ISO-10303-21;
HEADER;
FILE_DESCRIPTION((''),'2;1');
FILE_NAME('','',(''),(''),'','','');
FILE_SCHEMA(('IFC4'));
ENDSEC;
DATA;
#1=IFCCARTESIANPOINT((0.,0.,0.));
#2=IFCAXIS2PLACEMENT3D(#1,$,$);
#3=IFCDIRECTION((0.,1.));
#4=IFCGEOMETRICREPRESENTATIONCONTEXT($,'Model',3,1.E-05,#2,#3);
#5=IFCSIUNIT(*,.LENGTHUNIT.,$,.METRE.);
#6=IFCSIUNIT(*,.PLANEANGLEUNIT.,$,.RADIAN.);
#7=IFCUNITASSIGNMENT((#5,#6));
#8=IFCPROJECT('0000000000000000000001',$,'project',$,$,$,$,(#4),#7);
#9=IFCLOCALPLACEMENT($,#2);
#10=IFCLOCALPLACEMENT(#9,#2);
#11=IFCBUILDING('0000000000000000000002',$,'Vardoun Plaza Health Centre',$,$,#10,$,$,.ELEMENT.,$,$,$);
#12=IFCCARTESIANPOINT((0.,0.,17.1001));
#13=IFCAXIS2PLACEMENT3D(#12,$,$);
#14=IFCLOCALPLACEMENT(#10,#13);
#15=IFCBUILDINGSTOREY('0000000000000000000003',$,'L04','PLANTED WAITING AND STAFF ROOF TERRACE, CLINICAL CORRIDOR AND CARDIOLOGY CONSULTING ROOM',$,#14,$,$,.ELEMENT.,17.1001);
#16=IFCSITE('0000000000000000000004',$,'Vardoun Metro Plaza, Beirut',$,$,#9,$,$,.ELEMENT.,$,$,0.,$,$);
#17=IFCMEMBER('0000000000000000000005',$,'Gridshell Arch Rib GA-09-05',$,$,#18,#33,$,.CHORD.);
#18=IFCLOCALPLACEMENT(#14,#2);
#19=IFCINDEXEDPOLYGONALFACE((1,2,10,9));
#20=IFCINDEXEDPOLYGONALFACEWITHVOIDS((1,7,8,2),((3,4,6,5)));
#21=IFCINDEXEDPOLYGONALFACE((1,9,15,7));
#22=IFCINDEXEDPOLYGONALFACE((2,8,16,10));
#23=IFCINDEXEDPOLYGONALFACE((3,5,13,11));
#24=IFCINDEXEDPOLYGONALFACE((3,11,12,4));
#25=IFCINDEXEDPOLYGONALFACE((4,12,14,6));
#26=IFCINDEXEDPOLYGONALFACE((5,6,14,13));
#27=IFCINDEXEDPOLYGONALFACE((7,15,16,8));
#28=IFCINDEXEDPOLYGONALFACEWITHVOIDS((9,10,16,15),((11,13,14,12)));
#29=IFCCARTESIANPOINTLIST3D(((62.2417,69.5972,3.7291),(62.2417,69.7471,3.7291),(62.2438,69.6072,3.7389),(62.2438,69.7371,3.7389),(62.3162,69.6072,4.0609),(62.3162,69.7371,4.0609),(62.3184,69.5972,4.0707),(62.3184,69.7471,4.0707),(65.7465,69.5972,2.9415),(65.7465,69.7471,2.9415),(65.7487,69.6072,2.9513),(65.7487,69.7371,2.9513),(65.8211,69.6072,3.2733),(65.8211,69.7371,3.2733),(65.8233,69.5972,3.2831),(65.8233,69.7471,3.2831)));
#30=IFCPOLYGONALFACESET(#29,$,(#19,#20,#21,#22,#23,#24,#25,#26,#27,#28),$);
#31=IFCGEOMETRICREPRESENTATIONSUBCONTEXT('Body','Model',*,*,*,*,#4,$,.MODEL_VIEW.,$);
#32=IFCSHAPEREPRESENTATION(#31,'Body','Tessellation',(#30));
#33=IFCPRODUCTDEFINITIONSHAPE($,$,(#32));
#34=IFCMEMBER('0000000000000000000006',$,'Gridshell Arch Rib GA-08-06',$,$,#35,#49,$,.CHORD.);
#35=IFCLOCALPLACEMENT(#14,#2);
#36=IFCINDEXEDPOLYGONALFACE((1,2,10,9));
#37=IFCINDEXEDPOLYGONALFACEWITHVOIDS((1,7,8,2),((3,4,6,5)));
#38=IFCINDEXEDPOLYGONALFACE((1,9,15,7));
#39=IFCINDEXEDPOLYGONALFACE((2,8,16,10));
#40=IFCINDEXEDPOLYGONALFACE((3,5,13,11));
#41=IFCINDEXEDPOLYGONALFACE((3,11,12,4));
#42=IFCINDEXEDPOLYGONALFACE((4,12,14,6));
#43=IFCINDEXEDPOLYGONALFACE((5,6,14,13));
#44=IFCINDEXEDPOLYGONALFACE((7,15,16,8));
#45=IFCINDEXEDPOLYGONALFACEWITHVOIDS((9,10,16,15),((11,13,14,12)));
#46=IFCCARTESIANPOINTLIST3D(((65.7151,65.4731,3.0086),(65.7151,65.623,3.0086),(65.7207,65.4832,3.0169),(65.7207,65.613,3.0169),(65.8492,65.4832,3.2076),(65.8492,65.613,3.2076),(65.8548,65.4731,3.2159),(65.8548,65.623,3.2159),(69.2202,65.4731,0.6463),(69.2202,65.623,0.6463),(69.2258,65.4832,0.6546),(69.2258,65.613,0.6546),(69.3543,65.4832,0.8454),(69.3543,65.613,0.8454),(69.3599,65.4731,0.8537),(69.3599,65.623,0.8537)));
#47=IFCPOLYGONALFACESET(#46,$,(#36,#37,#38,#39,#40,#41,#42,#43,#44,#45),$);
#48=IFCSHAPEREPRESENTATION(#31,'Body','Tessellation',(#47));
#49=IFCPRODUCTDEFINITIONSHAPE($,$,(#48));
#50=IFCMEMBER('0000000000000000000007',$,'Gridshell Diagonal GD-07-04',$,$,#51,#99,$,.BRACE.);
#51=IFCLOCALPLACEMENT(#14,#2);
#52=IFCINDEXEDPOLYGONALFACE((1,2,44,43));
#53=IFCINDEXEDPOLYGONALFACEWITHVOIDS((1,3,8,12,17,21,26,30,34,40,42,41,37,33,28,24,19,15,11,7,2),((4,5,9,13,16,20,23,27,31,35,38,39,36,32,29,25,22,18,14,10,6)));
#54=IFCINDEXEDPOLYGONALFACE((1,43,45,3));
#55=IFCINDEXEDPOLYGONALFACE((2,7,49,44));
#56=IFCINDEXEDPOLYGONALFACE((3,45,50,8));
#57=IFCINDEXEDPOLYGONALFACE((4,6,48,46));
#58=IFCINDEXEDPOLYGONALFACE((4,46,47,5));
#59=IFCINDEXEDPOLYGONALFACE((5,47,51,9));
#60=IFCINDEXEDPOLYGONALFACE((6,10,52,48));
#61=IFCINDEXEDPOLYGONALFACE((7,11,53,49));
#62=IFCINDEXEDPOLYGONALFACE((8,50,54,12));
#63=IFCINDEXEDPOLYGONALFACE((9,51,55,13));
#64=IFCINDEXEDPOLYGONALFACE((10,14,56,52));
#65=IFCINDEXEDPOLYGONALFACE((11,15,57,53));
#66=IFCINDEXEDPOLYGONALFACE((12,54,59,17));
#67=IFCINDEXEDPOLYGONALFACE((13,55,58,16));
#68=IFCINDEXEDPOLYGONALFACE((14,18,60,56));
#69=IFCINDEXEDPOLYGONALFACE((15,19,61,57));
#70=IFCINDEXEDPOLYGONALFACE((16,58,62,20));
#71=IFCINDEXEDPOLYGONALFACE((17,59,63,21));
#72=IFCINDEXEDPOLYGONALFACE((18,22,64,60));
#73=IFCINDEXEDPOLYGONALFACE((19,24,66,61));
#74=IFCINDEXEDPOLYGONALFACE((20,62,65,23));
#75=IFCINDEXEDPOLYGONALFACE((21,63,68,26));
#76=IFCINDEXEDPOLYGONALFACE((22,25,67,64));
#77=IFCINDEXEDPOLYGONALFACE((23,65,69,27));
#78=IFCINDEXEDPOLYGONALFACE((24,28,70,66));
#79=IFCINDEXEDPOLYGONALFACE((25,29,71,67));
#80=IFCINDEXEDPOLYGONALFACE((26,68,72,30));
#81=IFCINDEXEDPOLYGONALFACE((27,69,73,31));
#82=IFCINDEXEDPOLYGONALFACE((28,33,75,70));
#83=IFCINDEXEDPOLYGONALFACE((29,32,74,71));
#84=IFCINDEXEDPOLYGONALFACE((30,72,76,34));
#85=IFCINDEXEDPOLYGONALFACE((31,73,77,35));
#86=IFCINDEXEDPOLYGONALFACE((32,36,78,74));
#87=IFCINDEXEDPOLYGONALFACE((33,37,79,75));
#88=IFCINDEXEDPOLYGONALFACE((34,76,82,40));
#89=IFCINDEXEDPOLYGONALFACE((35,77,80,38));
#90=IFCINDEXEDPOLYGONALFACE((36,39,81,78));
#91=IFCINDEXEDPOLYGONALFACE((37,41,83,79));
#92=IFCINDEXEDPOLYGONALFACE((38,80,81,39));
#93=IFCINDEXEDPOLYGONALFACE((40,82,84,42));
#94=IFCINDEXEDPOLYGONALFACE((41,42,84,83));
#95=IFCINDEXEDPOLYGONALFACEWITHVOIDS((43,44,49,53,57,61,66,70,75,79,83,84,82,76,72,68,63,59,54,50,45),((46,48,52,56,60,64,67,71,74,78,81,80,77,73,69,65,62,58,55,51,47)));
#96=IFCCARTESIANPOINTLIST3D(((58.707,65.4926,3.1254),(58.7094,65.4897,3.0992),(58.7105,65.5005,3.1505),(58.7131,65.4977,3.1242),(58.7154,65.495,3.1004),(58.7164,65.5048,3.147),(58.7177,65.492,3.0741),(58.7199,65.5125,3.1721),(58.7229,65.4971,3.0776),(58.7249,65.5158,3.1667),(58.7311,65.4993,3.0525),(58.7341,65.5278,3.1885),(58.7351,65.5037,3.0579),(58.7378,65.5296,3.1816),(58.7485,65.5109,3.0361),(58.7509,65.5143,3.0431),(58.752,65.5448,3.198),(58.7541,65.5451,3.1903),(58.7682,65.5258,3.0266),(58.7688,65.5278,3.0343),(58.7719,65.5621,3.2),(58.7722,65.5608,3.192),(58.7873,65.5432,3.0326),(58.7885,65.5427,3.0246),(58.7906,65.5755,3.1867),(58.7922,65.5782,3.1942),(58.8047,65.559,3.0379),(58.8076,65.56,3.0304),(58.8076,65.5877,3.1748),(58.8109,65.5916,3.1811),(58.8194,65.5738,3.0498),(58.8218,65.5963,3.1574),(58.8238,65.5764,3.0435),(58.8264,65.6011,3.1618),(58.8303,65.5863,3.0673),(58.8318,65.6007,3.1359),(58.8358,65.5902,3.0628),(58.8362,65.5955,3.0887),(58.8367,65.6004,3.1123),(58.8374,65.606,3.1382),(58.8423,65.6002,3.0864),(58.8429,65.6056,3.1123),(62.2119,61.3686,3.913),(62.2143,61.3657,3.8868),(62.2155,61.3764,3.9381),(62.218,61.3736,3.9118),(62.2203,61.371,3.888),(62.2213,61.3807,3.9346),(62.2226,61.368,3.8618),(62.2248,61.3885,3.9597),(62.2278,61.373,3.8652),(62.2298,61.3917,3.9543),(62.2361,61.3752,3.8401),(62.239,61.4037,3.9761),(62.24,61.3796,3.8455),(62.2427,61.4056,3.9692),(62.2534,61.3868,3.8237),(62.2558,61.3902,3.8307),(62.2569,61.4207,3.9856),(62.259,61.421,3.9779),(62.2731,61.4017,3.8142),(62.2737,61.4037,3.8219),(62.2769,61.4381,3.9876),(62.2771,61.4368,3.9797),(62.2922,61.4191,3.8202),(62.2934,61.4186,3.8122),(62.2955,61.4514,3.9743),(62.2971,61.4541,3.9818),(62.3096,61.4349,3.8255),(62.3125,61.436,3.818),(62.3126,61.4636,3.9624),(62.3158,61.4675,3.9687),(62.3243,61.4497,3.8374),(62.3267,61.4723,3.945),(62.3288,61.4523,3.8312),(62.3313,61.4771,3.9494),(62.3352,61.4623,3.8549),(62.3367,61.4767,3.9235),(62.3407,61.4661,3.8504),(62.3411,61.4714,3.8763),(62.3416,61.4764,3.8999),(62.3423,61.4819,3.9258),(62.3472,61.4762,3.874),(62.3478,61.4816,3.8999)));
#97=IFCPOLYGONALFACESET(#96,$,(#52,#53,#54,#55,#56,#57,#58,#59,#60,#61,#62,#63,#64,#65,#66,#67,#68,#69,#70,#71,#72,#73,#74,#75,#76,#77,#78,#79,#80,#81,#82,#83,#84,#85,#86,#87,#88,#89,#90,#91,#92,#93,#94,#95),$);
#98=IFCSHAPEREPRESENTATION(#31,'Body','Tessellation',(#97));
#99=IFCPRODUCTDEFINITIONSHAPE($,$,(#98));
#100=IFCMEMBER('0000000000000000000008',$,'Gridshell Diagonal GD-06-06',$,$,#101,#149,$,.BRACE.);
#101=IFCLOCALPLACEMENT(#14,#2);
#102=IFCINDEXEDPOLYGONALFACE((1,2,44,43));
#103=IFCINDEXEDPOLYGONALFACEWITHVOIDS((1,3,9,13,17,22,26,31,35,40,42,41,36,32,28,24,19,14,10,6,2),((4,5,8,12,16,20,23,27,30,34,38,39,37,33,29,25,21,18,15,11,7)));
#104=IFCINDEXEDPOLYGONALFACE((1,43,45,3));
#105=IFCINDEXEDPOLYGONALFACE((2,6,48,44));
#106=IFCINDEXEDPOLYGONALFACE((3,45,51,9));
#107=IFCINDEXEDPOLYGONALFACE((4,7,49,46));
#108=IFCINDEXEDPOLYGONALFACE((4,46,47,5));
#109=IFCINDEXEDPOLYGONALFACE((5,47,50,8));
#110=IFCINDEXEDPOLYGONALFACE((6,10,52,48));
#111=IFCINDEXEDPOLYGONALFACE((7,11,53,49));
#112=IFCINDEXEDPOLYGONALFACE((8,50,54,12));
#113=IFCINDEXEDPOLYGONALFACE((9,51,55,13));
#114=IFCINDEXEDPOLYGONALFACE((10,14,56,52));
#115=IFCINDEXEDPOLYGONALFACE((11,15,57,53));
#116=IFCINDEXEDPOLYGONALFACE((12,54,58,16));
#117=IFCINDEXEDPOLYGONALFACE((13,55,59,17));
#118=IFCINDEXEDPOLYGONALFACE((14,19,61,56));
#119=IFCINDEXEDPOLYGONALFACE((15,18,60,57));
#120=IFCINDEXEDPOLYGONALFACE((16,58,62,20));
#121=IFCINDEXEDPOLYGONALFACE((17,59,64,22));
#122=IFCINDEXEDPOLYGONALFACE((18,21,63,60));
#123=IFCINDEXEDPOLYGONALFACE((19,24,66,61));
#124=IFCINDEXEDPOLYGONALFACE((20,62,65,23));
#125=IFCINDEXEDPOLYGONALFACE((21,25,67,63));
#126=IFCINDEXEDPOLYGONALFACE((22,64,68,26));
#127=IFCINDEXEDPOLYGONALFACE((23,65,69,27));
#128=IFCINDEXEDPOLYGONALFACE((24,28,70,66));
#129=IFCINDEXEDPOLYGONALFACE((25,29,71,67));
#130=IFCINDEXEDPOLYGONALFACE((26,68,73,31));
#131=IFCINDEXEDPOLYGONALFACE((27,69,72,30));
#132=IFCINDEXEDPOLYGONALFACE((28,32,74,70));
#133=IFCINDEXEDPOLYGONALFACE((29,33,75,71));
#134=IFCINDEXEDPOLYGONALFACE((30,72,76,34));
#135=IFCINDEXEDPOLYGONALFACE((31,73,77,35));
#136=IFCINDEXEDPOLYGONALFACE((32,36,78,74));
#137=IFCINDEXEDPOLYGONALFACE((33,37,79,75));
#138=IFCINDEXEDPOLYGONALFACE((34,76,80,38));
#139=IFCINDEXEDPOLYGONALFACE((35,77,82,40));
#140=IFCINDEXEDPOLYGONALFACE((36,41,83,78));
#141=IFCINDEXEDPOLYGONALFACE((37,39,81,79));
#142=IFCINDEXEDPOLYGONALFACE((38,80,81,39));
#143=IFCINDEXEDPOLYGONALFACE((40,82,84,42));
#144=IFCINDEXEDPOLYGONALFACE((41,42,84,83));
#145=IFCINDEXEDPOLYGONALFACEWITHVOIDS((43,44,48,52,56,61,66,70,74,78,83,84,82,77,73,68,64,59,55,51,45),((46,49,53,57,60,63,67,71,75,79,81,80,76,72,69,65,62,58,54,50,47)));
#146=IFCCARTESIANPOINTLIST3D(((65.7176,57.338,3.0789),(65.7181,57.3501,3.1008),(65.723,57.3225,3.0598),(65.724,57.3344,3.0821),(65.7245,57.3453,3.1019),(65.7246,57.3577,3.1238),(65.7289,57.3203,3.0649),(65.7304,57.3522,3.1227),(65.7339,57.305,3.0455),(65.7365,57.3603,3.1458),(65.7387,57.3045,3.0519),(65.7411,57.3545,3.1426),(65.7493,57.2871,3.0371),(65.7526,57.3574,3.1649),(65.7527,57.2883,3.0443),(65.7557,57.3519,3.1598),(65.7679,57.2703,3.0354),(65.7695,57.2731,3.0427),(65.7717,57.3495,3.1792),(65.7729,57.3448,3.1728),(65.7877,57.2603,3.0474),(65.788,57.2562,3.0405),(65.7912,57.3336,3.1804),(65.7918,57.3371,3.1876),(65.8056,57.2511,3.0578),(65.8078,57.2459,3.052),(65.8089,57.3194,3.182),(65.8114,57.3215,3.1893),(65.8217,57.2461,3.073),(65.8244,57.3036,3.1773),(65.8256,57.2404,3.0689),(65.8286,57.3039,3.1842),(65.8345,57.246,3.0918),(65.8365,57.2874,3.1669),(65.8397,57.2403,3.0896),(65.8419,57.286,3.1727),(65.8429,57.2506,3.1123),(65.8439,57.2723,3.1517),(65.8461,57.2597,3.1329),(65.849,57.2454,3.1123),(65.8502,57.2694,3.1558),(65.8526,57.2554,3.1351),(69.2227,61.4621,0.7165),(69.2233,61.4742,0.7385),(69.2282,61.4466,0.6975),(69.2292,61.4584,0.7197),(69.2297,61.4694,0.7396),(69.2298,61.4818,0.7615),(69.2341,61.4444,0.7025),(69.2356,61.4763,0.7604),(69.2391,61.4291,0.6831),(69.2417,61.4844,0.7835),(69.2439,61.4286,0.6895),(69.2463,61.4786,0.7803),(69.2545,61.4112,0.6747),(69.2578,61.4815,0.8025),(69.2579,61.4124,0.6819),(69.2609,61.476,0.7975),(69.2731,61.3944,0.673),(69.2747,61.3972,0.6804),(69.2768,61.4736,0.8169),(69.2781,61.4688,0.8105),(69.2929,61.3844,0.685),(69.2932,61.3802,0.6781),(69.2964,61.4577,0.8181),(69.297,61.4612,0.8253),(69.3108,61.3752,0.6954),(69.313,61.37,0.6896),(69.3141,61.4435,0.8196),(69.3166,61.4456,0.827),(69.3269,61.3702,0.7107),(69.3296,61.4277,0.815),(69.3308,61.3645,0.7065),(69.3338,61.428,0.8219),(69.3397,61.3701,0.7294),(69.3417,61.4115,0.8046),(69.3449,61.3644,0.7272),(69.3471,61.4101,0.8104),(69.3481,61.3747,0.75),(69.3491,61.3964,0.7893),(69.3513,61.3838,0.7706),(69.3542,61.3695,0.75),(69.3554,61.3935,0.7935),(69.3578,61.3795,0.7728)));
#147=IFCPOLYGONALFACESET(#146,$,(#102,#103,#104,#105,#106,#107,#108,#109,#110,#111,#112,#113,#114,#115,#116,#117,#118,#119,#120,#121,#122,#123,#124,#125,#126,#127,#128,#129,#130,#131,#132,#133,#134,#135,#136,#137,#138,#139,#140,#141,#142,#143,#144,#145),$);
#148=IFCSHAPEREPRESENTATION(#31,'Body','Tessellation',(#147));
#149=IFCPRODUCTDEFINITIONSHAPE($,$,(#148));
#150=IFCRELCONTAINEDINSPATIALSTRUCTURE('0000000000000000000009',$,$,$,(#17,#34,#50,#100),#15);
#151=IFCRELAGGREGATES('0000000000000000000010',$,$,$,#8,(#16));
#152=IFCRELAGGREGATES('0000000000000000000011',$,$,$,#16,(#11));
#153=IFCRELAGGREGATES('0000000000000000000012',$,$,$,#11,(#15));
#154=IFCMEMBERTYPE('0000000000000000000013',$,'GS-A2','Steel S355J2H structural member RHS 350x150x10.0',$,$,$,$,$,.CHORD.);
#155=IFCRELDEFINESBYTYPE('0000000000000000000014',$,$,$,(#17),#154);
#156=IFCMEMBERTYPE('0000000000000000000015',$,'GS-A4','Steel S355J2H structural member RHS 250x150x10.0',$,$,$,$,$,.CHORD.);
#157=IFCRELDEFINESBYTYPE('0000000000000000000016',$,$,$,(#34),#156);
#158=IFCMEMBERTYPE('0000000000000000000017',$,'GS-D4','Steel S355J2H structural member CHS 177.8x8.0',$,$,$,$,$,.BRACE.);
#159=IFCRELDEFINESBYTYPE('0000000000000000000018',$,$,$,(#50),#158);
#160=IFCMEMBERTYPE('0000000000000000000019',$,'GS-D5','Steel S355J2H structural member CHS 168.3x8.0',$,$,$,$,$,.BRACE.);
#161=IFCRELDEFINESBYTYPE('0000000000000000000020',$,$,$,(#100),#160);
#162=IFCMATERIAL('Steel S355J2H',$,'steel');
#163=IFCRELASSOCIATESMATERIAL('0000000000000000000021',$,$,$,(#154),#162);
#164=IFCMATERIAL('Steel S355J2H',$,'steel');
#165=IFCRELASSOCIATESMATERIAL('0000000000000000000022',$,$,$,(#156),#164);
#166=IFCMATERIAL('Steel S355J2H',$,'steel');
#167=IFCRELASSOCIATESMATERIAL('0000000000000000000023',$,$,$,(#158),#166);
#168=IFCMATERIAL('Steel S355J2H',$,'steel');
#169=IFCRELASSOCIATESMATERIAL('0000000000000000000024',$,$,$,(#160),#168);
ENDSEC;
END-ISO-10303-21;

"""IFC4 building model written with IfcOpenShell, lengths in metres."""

from ifc_helpers import new_model, si_unit, direction, frame, origin, origin_2d, place, context, subcontext, project, spatial, hollow_rectangle, hollow_circle, extrude, material, material_profile, profile_set, type_object, element, save


model = new_model("IFC4")

# Units and contexts
model_context = context("Model", 3, precision=1e-05, world=origin(), true_north=direction((0.0, 1.0)))
body_context = subcontext(model_context, "Body", "Model", "MODEL_VIEW")
ifc_project = project(units=[si_unit("LENGTHUNIT", "METRE"), si_unit("PLANEANGLEUNIT", "RADIAN")], contexts=[model_context])

# Site, building, storey
site_placement = place(None, origin())
site = spatial("IfcSite", under=ifc_project, at=site_placement, Name="Vardoun Metro Plaza, Beirut", CompositionType="ELEMENT", RefElevation=0.0)
building_placement = place(site_placement, origin())
building = spatial("IfcBuilding", under=site, at=building_placement, Name="Vardoun Plaza Health Centre", CompositionType="ELEMENT")
storey_placement = place(building_placement, frame((0.0, 0.0, 17.1001)))
storey = spatial("IfcBuildingStorey", under=building, at=storey_placement, Name="L04", Description="PLANTED WAITING AND STAFF ROOF TERRACE, CLINICAL CORRIDOR AND CARDIOLOGY CONSULTING ROOM", CompositionType="ELEMENT", Elevation=17.1001)

# Members
ifc_material_1 = material(Name="Steel S355J2H", Category="steel")
ifc_material_profile_1 = material_profile(ifc_material_1, hollow_rectangle(XDim=0.1499, YDim=0.3501, WallThickness=0.01, at=origin_2d()), Name="RHS 350x150x10.0")
ifc_profile_set_1 = profile_set([ifc_material_profile_1], Name="Steel S355J2H")
member_type_1 = type_object("IfcMemberType", Name="GS-A2", Description="Steel S355J2H structural member RHS 350x150x10.0", PredefinedType="CHORD", material=ifc_profile_set_1)
for number, where, z_axis, x_axis, name in (
    (1, (65.7849, 69.6721, 3.1123), (-0.975669, 0.0, 0.219247), (0.0, -1.0, 0.0), "Gridshell Arch Rib GA-09-05"),
):
    element("IfcMember", number, at=place(storey_placement, frame(where, z_axis=z_axis, x_axis=x_axis)), inside=storey, type_object=member_type_1, Name=name, PredefinedType="CHORD", context=body_context, shape_type="SweptSolid", body=[
        extrude(hollow_rectangle(XDim=0.1499, YDim=0.3501, WallThickness=0.01, at=origin_2d()), origin(), (0.0, 0.0, 1.0), 3.5923),
    ])
ifc_material_2 = material(Name="Steel S355J2H", Category="steel")
ifc_material_profile_2 = material_profile(ifc_material_2, hollow_rectangle(XDim=0.1499, YDim=0.25, WallThickness=0.01, at=origin_2d()), Name="RHS 250x150x10.0")
ifc_profile_set_2 = profile_set([ifc_material_profile_2], Name="Steel S355J2H")
member_type_2 = type_object("IfcMemberType", Name="GS-A4", Description="Steel S355J2H structural member RHS 250x150x10.0", PredefinedType="CHORD", material=ifc_profile_set_2)
member_1_placement = place(storey_placement, frame((69.29, 65.5481, 0.75), z_axis=(-0.82925, 0.0, 0.558879), x_axis=(0.0, -1.0, 0.0)))
element("IfcMember", 2, at=member_1_placement, inside=storey, type_object=member_type_2, Name="Gridshell Arch Rib GA-08-06", PredefinedType="CHORD", context=body_context, shape_type="SweptSolid", body=[
    extrude(hollow_rectangle(XDim=0.1499, YDim=0.25, WallThickness=0.01, at=origin_2d()), origin(), (0.0, 0.0, 1.0), 4.2268),
])
ifc_material_3 = material(Name="Steel S355J2H", Category="steel")
ifc_material_profile_3 = material_profile(ifc_material_3, hollow_circle(Radius=0.0889, WallThickness=0.0081, at=origin_2d()), Name="CHS 177.8x8.0")
ifc_profile_set_3 = profile_set([ifc_material_profile_3], Name="Steel S355J2H")
member_type_3 = type_object("IfcMemberType", Name="GS-D4", Description="Steel S355J2H structural member CHS 177.8x8.0", PredefinedType="BRACE", material=ifc_profile_set_3)
member_2_placement = place(storey_placement, frame((58.7751, 65.5481, 3.1123), z_axis=(0.640841, -0.754046, 0.144006), x_axis=(0.761988, 0.647591, 0.0)))
element("IfcMember", 3, at=member_2_placement, inside=storey, type_object=member_type_3, Name="Gridshell Diagonal GD-07-04", PredefinedType="BRACE", context=body_context, shape_type="SweptSolid", body=[
    extrude(hollow_circle(Radius=0.0889, WallThickness=0.0081, at=origin_2d()), origin(), (0.0, 0.0, 1.0), 5.4692),
])
ifc_material_4 = material(Name="Steel S355J2H", Category="steel")
ifc_material_profile_4 = material_profile(ifc_material_4, hollow_circle(Radius=0.0842, WallThickness=0.0081, at=origin_2d()), Name="CHS 168.3x8.0")
ifc_profile_set_4 = profile_set([ifc_material_profile_4], Name="Steel S355J2H")
member_type_4 = type_object("IfcMemberType", Name="GS-D5", Description="Steel S355J2H structural member CHS 168.3x8.0", PredefinedType="BRACE", material=ifc_profile_set_4)
member_3_placement = place(storey_placement, frame((69.29, 61.4241, 0.75), z_axis=(-0.593544, -0.698346, 0.400023), x_axis=(0.761966, -0.647617, 0.0)))
element("IfcMember", 4, at=member_3_placement, inside=storey, type_object=member_type_4, Name="Gridshell Diagonal GD-06-06", PredefinedType="BRACE", context=body_context, shape_type="SweptSolid", body=[
    extrude(hollow_circle(Radius=0.0842, WallThickness=0.0081, at=origin_2d()), origin(), (0.0, 0.0, 1.0), 5.9055),
])

save(model, "model.ifc")
